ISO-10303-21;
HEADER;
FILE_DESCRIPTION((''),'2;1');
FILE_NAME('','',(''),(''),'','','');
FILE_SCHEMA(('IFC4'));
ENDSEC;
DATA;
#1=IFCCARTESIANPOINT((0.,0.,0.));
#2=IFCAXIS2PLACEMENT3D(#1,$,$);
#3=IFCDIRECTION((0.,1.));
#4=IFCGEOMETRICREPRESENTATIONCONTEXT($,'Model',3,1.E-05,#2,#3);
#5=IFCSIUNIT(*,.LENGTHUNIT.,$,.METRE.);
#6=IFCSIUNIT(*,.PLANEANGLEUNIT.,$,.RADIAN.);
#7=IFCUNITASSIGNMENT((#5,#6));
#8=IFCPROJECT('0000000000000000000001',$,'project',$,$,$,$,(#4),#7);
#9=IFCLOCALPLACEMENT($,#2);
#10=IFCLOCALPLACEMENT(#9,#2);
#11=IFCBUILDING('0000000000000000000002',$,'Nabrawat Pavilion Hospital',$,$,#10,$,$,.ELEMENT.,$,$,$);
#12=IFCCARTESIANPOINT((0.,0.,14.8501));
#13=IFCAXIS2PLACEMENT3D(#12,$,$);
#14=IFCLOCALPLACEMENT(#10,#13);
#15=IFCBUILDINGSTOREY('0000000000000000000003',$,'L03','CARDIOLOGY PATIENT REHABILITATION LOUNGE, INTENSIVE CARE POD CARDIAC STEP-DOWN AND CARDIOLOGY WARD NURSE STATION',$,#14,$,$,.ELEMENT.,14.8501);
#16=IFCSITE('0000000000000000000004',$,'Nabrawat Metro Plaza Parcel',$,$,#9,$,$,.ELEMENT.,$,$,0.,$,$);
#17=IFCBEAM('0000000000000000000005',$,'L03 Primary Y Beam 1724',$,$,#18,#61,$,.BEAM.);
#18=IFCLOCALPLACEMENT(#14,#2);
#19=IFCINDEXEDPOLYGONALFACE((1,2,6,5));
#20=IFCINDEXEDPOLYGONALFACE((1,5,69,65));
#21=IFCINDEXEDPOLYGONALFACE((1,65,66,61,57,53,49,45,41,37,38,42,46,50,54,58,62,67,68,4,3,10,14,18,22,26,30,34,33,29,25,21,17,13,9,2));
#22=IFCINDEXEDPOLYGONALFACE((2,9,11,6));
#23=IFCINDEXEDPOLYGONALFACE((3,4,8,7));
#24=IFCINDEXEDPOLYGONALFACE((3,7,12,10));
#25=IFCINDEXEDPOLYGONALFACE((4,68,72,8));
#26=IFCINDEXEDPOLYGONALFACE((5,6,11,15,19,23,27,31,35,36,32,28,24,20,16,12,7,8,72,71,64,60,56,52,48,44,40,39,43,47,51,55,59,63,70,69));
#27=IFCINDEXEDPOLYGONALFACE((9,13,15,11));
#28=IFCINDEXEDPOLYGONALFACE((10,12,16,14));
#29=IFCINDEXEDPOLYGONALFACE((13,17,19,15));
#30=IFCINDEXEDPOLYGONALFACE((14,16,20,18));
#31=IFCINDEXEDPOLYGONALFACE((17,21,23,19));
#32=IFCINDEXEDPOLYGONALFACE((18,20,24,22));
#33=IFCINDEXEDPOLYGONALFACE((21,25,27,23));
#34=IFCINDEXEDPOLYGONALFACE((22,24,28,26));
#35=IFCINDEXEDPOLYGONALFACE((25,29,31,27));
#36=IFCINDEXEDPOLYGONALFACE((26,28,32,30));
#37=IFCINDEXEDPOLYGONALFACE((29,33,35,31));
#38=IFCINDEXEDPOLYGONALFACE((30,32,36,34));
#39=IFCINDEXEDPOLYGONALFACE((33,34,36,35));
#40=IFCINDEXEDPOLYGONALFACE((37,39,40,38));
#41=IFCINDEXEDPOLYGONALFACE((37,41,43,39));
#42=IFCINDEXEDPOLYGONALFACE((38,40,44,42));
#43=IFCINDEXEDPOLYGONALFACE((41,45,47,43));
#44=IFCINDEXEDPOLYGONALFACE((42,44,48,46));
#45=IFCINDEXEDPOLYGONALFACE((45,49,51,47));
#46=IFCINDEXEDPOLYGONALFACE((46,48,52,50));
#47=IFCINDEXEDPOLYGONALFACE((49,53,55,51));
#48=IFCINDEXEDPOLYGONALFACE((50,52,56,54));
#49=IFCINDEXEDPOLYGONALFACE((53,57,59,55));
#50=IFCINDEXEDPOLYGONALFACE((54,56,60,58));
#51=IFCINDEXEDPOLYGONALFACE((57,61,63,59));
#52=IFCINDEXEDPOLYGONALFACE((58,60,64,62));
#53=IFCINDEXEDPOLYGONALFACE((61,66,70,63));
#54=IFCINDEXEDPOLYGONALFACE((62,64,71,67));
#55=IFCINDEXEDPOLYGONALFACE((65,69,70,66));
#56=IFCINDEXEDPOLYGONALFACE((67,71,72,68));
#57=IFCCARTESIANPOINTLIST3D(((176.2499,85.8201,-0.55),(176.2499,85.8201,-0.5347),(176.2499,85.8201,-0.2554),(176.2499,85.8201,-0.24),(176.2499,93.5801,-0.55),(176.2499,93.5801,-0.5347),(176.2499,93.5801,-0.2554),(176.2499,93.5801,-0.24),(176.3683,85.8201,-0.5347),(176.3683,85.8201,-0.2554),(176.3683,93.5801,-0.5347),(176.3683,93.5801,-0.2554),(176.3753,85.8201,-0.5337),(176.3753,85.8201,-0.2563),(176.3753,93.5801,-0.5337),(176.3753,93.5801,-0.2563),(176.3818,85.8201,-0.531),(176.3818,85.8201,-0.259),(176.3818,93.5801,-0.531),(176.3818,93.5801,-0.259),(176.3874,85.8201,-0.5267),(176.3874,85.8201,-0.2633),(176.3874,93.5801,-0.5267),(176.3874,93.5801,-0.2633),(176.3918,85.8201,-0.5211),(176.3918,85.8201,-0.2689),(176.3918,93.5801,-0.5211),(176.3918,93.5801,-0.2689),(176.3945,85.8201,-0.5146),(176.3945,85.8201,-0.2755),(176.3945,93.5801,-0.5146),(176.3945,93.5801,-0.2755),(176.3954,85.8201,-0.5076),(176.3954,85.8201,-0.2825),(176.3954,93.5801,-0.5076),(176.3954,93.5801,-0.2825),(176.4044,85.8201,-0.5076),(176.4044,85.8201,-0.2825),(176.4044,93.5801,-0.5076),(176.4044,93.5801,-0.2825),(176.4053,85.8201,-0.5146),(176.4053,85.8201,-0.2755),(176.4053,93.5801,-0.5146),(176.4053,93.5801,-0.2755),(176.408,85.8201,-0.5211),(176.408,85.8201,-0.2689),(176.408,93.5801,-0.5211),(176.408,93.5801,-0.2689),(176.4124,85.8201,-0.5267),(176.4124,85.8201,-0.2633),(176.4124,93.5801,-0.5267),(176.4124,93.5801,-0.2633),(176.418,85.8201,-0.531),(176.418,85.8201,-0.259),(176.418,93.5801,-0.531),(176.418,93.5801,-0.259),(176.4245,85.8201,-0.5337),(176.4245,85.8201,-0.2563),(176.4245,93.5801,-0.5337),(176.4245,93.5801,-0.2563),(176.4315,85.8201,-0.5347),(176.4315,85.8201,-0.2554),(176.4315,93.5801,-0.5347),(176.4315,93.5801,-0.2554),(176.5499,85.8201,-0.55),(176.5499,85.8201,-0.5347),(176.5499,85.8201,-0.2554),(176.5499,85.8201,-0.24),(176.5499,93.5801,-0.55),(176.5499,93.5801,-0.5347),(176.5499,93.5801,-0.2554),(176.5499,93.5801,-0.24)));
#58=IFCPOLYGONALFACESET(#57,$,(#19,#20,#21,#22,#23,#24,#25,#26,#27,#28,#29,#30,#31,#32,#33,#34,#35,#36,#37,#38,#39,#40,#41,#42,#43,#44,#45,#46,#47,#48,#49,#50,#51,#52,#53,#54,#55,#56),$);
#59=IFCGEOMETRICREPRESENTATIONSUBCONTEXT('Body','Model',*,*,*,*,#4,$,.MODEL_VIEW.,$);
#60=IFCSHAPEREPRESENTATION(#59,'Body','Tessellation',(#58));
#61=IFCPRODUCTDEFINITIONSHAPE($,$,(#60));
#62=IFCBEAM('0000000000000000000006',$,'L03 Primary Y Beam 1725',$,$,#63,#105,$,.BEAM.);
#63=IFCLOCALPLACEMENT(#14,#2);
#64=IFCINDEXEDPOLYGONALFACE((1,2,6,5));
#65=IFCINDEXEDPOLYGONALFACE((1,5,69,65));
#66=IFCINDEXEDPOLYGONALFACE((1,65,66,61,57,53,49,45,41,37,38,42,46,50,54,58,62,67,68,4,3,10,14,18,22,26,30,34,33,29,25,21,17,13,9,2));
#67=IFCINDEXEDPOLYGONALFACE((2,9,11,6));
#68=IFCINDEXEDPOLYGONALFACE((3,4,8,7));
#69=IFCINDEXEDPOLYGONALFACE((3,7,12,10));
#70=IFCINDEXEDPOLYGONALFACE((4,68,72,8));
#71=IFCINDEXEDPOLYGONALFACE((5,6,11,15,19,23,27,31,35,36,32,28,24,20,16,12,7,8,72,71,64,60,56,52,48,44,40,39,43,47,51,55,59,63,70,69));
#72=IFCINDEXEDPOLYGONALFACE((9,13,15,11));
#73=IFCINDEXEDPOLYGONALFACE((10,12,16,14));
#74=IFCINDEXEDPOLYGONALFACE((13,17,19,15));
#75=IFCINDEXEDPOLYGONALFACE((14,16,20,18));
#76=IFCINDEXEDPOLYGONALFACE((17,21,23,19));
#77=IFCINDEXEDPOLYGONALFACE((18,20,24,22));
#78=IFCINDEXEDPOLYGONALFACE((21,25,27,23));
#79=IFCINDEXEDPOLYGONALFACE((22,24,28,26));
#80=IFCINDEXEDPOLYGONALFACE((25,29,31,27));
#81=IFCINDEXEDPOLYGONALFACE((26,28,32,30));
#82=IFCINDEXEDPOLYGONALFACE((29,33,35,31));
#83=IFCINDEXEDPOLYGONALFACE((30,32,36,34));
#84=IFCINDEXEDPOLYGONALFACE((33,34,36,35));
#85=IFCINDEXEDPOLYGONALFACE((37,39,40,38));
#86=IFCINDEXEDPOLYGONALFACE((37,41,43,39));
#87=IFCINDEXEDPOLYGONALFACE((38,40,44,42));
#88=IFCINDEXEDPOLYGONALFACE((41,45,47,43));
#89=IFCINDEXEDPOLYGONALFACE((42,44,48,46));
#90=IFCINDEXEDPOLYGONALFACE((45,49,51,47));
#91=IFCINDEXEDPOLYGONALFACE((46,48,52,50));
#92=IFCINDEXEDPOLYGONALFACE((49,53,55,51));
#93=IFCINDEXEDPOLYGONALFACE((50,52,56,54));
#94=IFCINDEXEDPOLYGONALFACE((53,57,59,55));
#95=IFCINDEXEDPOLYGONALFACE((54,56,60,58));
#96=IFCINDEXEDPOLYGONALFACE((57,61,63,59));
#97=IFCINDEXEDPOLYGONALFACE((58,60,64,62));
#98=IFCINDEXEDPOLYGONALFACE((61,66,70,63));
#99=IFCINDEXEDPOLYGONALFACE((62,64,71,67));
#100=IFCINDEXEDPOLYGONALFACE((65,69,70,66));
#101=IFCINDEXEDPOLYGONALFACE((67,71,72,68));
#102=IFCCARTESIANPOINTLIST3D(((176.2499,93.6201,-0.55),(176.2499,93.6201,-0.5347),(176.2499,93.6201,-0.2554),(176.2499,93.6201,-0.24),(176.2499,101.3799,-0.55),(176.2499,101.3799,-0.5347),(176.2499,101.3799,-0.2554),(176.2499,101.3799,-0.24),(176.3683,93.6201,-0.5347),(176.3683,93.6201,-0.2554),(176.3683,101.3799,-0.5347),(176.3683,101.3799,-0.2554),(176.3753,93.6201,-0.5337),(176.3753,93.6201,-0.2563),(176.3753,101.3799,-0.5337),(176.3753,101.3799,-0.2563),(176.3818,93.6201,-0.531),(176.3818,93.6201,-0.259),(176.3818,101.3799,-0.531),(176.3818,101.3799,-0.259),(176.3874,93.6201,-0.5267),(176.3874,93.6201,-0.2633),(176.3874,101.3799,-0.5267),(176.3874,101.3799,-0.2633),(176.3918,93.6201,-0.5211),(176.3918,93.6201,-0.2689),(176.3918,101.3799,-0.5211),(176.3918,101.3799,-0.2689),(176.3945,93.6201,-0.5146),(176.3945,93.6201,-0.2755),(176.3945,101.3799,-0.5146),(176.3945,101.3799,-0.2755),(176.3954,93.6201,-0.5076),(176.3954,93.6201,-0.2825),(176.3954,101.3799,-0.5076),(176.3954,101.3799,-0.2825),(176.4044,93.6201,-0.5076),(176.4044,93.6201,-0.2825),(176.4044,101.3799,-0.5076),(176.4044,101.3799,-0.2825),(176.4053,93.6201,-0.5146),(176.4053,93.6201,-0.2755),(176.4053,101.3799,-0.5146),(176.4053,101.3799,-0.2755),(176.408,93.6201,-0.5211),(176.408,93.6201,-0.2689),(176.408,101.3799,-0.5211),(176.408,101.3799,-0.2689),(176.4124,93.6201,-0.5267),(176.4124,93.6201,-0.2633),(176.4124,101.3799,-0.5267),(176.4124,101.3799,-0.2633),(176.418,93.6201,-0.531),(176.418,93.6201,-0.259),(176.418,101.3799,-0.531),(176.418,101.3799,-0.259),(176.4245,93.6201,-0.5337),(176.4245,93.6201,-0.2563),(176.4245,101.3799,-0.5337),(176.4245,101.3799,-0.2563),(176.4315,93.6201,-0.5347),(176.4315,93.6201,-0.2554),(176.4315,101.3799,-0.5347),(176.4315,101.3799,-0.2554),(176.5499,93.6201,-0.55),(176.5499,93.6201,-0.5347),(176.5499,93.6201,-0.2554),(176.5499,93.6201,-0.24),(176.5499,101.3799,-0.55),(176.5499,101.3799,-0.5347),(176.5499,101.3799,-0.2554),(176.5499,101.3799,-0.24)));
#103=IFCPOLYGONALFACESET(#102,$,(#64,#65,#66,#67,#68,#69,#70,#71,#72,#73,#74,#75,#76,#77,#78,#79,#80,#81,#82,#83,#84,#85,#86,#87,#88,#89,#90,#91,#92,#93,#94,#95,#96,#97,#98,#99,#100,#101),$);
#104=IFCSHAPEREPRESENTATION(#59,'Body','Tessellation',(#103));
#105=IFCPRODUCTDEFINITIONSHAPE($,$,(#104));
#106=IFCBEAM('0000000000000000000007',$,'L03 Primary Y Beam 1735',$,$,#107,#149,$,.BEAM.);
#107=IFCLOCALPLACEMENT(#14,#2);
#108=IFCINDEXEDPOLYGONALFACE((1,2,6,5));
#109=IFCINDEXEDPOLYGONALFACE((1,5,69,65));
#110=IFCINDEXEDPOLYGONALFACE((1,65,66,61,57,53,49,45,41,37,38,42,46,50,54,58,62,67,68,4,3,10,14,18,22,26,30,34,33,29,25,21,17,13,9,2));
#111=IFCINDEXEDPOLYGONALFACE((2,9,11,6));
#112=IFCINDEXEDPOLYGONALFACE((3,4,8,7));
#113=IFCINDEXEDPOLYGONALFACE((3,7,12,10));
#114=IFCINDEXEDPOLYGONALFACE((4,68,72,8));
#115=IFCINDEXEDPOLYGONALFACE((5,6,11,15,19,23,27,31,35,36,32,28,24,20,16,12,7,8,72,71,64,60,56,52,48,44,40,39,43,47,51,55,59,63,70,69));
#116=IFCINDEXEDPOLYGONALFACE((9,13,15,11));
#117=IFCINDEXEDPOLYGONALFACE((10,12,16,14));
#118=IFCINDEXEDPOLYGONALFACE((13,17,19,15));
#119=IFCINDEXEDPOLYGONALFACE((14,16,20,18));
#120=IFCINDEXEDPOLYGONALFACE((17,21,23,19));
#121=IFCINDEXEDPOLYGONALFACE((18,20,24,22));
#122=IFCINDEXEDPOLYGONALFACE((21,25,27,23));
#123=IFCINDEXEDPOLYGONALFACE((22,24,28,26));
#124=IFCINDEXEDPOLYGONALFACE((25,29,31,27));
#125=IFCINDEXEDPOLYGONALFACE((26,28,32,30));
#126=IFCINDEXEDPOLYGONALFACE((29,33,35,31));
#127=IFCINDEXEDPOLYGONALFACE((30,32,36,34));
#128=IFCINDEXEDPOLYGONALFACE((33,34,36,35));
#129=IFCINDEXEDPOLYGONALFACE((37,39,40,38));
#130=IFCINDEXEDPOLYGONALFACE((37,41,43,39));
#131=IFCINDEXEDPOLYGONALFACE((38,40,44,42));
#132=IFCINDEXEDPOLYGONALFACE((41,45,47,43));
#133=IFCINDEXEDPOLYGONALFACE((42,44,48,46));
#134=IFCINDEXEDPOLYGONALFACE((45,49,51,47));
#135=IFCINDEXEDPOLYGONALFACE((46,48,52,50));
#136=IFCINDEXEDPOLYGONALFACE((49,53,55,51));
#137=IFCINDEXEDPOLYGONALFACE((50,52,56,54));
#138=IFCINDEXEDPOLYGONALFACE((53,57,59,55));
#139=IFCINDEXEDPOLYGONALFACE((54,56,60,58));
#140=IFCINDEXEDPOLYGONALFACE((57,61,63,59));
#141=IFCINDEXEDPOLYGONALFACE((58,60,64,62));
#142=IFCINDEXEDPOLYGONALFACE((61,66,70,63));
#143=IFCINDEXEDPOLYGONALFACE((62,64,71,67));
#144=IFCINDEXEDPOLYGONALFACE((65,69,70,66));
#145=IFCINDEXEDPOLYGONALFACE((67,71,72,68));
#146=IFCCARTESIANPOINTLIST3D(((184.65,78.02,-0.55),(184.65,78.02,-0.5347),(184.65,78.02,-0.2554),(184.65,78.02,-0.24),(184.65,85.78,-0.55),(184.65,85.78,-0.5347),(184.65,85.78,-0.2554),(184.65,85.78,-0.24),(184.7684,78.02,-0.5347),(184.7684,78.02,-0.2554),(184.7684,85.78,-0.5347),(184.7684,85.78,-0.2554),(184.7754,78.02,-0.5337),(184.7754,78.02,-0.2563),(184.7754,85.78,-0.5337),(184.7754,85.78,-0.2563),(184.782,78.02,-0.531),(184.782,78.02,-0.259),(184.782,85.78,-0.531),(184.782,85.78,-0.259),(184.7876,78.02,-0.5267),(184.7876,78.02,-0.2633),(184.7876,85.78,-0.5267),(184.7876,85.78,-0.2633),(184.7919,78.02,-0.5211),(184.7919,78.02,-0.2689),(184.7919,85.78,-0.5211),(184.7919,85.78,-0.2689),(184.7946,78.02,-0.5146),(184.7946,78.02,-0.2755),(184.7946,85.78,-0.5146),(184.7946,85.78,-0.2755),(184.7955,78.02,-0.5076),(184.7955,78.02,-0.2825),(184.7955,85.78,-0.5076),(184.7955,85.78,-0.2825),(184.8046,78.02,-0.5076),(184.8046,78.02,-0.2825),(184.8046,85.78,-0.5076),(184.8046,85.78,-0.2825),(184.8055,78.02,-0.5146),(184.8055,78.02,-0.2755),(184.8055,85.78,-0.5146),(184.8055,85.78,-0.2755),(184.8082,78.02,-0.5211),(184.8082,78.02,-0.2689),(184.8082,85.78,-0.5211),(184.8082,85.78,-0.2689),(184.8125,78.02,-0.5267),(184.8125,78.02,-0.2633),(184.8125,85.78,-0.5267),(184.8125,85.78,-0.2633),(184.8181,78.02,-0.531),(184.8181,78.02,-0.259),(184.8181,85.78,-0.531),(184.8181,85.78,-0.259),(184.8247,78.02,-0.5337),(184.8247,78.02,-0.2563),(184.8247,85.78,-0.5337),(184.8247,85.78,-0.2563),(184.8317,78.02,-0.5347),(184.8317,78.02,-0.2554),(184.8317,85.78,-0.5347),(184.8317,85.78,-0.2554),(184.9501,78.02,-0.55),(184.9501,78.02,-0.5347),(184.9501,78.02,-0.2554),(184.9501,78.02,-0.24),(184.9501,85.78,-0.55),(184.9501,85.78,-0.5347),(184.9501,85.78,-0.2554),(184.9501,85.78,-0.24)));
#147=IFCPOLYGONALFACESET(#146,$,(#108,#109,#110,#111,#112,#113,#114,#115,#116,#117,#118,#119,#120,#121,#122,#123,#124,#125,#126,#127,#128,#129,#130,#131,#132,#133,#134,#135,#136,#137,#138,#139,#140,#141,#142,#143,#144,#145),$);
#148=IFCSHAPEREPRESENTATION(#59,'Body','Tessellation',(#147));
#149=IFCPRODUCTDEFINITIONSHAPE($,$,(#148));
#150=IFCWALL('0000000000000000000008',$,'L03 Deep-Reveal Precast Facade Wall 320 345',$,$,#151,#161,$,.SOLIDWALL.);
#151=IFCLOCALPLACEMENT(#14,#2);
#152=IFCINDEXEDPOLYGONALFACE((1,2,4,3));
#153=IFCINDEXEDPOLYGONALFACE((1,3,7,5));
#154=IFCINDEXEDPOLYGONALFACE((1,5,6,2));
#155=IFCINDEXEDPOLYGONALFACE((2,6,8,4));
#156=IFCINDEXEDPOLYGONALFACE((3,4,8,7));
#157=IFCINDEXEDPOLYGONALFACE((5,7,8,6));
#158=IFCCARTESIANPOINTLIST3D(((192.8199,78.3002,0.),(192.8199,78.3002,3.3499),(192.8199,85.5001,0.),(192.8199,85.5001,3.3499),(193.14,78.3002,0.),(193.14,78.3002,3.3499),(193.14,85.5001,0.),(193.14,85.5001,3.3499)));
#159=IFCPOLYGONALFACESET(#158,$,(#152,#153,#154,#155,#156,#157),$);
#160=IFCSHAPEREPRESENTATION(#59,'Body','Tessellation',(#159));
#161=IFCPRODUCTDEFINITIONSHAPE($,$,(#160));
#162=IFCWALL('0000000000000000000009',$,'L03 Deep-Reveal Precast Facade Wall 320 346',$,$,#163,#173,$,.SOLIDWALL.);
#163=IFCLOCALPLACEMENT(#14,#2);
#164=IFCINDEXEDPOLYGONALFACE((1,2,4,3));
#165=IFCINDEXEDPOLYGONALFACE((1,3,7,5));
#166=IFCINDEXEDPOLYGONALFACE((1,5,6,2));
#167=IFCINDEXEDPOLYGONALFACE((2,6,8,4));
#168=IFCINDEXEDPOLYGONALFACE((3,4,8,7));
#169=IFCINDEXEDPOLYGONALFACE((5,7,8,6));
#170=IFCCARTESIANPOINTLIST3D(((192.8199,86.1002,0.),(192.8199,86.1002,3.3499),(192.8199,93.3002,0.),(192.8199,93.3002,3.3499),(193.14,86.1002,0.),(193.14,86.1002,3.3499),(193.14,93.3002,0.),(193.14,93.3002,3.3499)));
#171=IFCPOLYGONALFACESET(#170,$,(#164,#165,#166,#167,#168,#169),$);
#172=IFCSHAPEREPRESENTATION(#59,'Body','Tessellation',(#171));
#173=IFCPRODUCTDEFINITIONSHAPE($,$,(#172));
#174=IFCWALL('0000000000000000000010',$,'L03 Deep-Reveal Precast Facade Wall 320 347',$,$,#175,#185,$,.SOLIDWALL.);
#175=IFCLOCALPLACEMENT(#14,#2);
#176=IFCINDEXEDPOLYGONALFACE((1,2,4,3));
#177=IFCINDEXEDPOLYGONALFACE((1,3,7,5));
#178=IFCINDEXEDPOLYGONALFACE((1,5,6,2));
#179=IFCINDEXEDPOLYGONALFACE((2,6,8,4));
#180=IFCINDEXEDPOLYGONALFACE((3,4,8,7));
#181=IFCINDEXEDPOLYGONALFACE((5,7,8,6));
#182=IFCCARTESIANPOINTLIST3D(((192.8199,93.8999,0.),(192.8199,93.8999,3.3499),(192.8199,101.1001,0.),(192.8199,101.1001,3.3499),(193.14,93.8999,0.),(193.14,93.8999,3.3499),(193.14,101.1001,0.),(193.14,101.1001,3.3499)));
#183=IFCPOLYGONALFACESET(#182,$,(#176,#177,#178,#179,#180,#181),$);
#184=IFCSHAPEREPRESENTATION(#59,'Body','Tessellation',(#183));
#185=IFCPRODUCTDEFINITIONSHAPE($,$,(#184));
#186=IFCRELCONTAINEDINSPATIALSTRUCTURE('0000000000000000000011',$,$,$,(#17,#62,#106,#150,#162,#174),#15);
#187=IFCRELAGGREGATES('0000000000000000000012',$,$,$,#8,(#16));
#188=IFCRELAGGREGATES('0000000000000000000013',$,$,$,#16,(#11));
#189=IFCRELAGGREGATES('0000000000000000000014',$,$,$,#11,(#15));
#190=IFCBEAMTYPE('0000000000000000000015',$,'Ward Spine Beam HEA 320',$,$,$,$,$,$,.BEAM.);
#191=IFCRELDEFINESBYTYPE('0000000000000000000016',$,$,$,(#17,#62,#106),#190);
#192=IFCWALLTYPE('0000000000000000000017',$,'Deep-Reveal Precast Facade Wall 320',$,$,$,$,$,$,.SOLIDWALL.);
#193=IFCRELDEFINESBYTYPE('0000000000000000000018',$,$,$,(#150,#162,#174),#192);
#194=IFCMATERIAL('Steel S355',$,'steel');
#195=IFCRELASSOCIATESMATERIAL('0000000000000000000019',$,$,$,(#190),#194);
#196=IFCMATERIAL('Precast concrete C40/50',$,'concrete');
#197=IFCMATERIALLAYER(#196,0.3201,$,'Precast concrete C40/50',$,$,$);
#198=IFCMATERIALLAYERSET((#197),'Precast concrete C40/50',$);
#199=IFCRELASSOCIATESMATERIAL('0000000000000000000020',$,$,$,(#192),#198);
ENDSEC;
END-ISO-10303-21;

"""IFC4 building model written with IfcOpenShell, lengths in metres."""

from ifc_helpers import new_model, si_unit, direction, frame, frame_2d, origin, origin_2d, place, context, subcontext, project, spatial, rectangle, i_section, extrude, material, layer, layer_set, material_profile, profile_set, type_object, element, save


model = new_model("IFC4")

# Units and contexts
model_context = context("Model", 3, precision=1e-05, world=origin(), true_north=direction((0.0, 1.0)))
body_context = subcontext(model_context, "Body", "Model", "MODEL_VIEW")
ifc_project = project(units=[si_unit("LENGTHUNIT", "METRE"), si_unit("PLANEANGLEUNIT", "RADIAN")], contexts=[model_context])

# Site, building, storey
site_placement = place(None, origin())
site = spatial("IfcSite", under=ifc_project, at=site_placement, Name="Nabrawat Metro Plaza Parcel", CompositionType="ELEMENT", RefElevation=0.0)
building_placement = place(site_placement, origin())
building = spatial("IfcBuilding", under=site, at=building_placement, Name="Nabrawat Pavilion Hospital", CompositionType="ELEMENT")
storey_placement = place(building_placement, frame((0.0, 0.0, 14.8501)))
storey = spatial("IfcBuildingStorey", under=building, at=storey_placement, Name="L03", Description="CARDIOLOGY PATIENT REHABILITATION LOUNGE, INTENSIVE CARE POD CARDIAC STEP-DOWN AND CARDIOLOGY WARD NURSE STATION", CompositionType="ELEMENT", Elevation=14.8501)

# Shared definitions
ifc_material_1 = material(Name="Steel S355", Category="steel")

# Beams
ifc_material_profile_1 = material_profile(ifc_material_1, i_section(OverallWidth=0.3, OverallDepth=0.3101, WebThickness=0.009, FlangeThickness=0.0154, FilletRadius=0.0271, at=origin_2d()), Name="HEA 320")
ifc_profile_set_1 = profile_set([ifc_material_profile_1], Name="Steel S355")
beam_type_1 = type_object("IfcBeamType", Name="Ward Spine Beam HEA 320", PredefinedType="BEAM", material=ifc_profile_set_1)
for number, where, z_axis, x_axis, name in (
    (1, (176.3999, 85.8201, -0.395), (0.0, 1.0, 0.0), (-1.0, 0.0, 0.0), "L03 Primary Y Beam 1724"),
):
    element("IfcBeam", number, at=place(storey_placement, frame(where, z_axis=z_axis, x_axis=x_axis)), inside=storey, type_object=beam_type_1, Name=name, PredefinedType="BEAM", context=body_context, shape_type="SweptSolid", body=[
        extrude(i_section(OverallWidth=0.3, OverallDepth=0.3101, WebThickness=0.009, FlangeThickness=0.0154, FilletRadius=0.0271, at=origin_2d()), origin(), (0.0, 0.0, 1.0), 7.76),
    ])
beam_1_placement = place(storey_placement, frame((176.3999, 93.6201, -0.395), z_axis=(0.0, 1.0, 0.0), x_axis=(-1.0, 0.0, 0.0)))
element("IfcBeam", 2, at=beam_1_placement, inside=storey, type_object=beam_type_1, Name="L03 Primary Y Beam 1725", PredefinedType="BEAM", context=body_context, shape_type="SweptSolid", body=[
    extrude(i_section(OverallWidth=0.3, OverallDepth=0.3101, WebThickness=0.009, FlangeThickness=0.0154, FilletRadius=0.0271, at=origin_2d()), origin(), (0.0, 0.0, 1.0), 7.7598),
])
beam_2_placement = place(storey_placement, frame((184.8, 78.02, -0.395), z_axis=(0.0, 1.0, 0.0), x_axis=(-1.0, 0.0, 0.0)))
element("IfcBeam", 3, at=beam_2_placement, inside=storey, type_object=beam_type_1, Name="L03 Primary Y Beam 1735", PredefinedType="BEAM", context=body_context, shape_type="SweptSolid", body=[
    extrude(i_section(OverallWidth=0.3, OverallDepth=0.3101, WebThickness=0.009, FlangeThickness=0.0154, FilletRadius=0.0271, at=origin_2d()), origin(), (0.0, 0.0, 1.0), 7.76),
])

# Walls
ifc_material_2 = material(Name="Precast concrete C40/50", Category="concrete")
ifc_layer_1 = layer(ifc_material_2, 0.3201, Name="Precast concrete C40/50")
ifc_layer_set_1 = layer_set([ifc_layer_1], Name="Precast concrete C40/50")
wall_type_1 = type_object("IfcWallType", Name="Deep-Reveal Precast Facade Wall 320", PredefinedType="SOLIDWALL", material=ifc_layer_set_1)
for number, where, z_axis, x_axis, name in (
    (4, (192.98, 78.3, 0.0), (0.0, 0.0, 1.0), (0.0, 1.0, 0.0), "L03 Deep-Reveal Precast Facade Wall 320 345"),
    (5, (192.98, 86.1001, 0.0), (0.0, 0.0, 1.0), (0.0, 1.0, 0.0), "L03 Deep-Reveal Precast Facade Wall 320 346"),
):
    element("IfcWall", number, at=place(storey_placement, frame(where, z_axis=z_axis, x_axis=x_axis)), inside=storey, type_object=wall_type_1, Name=name, PredefinedType="SOLIDWALL", context=body_context, shape_type="SweptSolid", body=[
        extrude(rectangle(XDim=7.2, YDim=0.3201, at=frame_2d((3.6001, 0.0))), origin(), (0.0, 0.0, 1.0), 3.3499),
    ])
wall_1_placement = place(storey_placement, frame((192.98, 93.8999, 0.0), z_axis=(0.0, 0.0, 1.0), x_axis=(0.0, 1.0, 0.0)))
element("IfcWall", 6, at=wall_1_placement, inside=storey, type_object=wall_type_1, Name="L03 Deep-Reveal Precast Facade Wall 320 347", PredefinedType="SOLIDWALL", context=body_context, shape_type="SweptSolid", body=[
    extrude(rectangle(XDim=7.2002, YDim=0.3201, at=frame_2d((3.6001, 0.0))), origin(), (0.0, 0.0, 1.0), 3.3499),
])

save(model, "model.ifc")
